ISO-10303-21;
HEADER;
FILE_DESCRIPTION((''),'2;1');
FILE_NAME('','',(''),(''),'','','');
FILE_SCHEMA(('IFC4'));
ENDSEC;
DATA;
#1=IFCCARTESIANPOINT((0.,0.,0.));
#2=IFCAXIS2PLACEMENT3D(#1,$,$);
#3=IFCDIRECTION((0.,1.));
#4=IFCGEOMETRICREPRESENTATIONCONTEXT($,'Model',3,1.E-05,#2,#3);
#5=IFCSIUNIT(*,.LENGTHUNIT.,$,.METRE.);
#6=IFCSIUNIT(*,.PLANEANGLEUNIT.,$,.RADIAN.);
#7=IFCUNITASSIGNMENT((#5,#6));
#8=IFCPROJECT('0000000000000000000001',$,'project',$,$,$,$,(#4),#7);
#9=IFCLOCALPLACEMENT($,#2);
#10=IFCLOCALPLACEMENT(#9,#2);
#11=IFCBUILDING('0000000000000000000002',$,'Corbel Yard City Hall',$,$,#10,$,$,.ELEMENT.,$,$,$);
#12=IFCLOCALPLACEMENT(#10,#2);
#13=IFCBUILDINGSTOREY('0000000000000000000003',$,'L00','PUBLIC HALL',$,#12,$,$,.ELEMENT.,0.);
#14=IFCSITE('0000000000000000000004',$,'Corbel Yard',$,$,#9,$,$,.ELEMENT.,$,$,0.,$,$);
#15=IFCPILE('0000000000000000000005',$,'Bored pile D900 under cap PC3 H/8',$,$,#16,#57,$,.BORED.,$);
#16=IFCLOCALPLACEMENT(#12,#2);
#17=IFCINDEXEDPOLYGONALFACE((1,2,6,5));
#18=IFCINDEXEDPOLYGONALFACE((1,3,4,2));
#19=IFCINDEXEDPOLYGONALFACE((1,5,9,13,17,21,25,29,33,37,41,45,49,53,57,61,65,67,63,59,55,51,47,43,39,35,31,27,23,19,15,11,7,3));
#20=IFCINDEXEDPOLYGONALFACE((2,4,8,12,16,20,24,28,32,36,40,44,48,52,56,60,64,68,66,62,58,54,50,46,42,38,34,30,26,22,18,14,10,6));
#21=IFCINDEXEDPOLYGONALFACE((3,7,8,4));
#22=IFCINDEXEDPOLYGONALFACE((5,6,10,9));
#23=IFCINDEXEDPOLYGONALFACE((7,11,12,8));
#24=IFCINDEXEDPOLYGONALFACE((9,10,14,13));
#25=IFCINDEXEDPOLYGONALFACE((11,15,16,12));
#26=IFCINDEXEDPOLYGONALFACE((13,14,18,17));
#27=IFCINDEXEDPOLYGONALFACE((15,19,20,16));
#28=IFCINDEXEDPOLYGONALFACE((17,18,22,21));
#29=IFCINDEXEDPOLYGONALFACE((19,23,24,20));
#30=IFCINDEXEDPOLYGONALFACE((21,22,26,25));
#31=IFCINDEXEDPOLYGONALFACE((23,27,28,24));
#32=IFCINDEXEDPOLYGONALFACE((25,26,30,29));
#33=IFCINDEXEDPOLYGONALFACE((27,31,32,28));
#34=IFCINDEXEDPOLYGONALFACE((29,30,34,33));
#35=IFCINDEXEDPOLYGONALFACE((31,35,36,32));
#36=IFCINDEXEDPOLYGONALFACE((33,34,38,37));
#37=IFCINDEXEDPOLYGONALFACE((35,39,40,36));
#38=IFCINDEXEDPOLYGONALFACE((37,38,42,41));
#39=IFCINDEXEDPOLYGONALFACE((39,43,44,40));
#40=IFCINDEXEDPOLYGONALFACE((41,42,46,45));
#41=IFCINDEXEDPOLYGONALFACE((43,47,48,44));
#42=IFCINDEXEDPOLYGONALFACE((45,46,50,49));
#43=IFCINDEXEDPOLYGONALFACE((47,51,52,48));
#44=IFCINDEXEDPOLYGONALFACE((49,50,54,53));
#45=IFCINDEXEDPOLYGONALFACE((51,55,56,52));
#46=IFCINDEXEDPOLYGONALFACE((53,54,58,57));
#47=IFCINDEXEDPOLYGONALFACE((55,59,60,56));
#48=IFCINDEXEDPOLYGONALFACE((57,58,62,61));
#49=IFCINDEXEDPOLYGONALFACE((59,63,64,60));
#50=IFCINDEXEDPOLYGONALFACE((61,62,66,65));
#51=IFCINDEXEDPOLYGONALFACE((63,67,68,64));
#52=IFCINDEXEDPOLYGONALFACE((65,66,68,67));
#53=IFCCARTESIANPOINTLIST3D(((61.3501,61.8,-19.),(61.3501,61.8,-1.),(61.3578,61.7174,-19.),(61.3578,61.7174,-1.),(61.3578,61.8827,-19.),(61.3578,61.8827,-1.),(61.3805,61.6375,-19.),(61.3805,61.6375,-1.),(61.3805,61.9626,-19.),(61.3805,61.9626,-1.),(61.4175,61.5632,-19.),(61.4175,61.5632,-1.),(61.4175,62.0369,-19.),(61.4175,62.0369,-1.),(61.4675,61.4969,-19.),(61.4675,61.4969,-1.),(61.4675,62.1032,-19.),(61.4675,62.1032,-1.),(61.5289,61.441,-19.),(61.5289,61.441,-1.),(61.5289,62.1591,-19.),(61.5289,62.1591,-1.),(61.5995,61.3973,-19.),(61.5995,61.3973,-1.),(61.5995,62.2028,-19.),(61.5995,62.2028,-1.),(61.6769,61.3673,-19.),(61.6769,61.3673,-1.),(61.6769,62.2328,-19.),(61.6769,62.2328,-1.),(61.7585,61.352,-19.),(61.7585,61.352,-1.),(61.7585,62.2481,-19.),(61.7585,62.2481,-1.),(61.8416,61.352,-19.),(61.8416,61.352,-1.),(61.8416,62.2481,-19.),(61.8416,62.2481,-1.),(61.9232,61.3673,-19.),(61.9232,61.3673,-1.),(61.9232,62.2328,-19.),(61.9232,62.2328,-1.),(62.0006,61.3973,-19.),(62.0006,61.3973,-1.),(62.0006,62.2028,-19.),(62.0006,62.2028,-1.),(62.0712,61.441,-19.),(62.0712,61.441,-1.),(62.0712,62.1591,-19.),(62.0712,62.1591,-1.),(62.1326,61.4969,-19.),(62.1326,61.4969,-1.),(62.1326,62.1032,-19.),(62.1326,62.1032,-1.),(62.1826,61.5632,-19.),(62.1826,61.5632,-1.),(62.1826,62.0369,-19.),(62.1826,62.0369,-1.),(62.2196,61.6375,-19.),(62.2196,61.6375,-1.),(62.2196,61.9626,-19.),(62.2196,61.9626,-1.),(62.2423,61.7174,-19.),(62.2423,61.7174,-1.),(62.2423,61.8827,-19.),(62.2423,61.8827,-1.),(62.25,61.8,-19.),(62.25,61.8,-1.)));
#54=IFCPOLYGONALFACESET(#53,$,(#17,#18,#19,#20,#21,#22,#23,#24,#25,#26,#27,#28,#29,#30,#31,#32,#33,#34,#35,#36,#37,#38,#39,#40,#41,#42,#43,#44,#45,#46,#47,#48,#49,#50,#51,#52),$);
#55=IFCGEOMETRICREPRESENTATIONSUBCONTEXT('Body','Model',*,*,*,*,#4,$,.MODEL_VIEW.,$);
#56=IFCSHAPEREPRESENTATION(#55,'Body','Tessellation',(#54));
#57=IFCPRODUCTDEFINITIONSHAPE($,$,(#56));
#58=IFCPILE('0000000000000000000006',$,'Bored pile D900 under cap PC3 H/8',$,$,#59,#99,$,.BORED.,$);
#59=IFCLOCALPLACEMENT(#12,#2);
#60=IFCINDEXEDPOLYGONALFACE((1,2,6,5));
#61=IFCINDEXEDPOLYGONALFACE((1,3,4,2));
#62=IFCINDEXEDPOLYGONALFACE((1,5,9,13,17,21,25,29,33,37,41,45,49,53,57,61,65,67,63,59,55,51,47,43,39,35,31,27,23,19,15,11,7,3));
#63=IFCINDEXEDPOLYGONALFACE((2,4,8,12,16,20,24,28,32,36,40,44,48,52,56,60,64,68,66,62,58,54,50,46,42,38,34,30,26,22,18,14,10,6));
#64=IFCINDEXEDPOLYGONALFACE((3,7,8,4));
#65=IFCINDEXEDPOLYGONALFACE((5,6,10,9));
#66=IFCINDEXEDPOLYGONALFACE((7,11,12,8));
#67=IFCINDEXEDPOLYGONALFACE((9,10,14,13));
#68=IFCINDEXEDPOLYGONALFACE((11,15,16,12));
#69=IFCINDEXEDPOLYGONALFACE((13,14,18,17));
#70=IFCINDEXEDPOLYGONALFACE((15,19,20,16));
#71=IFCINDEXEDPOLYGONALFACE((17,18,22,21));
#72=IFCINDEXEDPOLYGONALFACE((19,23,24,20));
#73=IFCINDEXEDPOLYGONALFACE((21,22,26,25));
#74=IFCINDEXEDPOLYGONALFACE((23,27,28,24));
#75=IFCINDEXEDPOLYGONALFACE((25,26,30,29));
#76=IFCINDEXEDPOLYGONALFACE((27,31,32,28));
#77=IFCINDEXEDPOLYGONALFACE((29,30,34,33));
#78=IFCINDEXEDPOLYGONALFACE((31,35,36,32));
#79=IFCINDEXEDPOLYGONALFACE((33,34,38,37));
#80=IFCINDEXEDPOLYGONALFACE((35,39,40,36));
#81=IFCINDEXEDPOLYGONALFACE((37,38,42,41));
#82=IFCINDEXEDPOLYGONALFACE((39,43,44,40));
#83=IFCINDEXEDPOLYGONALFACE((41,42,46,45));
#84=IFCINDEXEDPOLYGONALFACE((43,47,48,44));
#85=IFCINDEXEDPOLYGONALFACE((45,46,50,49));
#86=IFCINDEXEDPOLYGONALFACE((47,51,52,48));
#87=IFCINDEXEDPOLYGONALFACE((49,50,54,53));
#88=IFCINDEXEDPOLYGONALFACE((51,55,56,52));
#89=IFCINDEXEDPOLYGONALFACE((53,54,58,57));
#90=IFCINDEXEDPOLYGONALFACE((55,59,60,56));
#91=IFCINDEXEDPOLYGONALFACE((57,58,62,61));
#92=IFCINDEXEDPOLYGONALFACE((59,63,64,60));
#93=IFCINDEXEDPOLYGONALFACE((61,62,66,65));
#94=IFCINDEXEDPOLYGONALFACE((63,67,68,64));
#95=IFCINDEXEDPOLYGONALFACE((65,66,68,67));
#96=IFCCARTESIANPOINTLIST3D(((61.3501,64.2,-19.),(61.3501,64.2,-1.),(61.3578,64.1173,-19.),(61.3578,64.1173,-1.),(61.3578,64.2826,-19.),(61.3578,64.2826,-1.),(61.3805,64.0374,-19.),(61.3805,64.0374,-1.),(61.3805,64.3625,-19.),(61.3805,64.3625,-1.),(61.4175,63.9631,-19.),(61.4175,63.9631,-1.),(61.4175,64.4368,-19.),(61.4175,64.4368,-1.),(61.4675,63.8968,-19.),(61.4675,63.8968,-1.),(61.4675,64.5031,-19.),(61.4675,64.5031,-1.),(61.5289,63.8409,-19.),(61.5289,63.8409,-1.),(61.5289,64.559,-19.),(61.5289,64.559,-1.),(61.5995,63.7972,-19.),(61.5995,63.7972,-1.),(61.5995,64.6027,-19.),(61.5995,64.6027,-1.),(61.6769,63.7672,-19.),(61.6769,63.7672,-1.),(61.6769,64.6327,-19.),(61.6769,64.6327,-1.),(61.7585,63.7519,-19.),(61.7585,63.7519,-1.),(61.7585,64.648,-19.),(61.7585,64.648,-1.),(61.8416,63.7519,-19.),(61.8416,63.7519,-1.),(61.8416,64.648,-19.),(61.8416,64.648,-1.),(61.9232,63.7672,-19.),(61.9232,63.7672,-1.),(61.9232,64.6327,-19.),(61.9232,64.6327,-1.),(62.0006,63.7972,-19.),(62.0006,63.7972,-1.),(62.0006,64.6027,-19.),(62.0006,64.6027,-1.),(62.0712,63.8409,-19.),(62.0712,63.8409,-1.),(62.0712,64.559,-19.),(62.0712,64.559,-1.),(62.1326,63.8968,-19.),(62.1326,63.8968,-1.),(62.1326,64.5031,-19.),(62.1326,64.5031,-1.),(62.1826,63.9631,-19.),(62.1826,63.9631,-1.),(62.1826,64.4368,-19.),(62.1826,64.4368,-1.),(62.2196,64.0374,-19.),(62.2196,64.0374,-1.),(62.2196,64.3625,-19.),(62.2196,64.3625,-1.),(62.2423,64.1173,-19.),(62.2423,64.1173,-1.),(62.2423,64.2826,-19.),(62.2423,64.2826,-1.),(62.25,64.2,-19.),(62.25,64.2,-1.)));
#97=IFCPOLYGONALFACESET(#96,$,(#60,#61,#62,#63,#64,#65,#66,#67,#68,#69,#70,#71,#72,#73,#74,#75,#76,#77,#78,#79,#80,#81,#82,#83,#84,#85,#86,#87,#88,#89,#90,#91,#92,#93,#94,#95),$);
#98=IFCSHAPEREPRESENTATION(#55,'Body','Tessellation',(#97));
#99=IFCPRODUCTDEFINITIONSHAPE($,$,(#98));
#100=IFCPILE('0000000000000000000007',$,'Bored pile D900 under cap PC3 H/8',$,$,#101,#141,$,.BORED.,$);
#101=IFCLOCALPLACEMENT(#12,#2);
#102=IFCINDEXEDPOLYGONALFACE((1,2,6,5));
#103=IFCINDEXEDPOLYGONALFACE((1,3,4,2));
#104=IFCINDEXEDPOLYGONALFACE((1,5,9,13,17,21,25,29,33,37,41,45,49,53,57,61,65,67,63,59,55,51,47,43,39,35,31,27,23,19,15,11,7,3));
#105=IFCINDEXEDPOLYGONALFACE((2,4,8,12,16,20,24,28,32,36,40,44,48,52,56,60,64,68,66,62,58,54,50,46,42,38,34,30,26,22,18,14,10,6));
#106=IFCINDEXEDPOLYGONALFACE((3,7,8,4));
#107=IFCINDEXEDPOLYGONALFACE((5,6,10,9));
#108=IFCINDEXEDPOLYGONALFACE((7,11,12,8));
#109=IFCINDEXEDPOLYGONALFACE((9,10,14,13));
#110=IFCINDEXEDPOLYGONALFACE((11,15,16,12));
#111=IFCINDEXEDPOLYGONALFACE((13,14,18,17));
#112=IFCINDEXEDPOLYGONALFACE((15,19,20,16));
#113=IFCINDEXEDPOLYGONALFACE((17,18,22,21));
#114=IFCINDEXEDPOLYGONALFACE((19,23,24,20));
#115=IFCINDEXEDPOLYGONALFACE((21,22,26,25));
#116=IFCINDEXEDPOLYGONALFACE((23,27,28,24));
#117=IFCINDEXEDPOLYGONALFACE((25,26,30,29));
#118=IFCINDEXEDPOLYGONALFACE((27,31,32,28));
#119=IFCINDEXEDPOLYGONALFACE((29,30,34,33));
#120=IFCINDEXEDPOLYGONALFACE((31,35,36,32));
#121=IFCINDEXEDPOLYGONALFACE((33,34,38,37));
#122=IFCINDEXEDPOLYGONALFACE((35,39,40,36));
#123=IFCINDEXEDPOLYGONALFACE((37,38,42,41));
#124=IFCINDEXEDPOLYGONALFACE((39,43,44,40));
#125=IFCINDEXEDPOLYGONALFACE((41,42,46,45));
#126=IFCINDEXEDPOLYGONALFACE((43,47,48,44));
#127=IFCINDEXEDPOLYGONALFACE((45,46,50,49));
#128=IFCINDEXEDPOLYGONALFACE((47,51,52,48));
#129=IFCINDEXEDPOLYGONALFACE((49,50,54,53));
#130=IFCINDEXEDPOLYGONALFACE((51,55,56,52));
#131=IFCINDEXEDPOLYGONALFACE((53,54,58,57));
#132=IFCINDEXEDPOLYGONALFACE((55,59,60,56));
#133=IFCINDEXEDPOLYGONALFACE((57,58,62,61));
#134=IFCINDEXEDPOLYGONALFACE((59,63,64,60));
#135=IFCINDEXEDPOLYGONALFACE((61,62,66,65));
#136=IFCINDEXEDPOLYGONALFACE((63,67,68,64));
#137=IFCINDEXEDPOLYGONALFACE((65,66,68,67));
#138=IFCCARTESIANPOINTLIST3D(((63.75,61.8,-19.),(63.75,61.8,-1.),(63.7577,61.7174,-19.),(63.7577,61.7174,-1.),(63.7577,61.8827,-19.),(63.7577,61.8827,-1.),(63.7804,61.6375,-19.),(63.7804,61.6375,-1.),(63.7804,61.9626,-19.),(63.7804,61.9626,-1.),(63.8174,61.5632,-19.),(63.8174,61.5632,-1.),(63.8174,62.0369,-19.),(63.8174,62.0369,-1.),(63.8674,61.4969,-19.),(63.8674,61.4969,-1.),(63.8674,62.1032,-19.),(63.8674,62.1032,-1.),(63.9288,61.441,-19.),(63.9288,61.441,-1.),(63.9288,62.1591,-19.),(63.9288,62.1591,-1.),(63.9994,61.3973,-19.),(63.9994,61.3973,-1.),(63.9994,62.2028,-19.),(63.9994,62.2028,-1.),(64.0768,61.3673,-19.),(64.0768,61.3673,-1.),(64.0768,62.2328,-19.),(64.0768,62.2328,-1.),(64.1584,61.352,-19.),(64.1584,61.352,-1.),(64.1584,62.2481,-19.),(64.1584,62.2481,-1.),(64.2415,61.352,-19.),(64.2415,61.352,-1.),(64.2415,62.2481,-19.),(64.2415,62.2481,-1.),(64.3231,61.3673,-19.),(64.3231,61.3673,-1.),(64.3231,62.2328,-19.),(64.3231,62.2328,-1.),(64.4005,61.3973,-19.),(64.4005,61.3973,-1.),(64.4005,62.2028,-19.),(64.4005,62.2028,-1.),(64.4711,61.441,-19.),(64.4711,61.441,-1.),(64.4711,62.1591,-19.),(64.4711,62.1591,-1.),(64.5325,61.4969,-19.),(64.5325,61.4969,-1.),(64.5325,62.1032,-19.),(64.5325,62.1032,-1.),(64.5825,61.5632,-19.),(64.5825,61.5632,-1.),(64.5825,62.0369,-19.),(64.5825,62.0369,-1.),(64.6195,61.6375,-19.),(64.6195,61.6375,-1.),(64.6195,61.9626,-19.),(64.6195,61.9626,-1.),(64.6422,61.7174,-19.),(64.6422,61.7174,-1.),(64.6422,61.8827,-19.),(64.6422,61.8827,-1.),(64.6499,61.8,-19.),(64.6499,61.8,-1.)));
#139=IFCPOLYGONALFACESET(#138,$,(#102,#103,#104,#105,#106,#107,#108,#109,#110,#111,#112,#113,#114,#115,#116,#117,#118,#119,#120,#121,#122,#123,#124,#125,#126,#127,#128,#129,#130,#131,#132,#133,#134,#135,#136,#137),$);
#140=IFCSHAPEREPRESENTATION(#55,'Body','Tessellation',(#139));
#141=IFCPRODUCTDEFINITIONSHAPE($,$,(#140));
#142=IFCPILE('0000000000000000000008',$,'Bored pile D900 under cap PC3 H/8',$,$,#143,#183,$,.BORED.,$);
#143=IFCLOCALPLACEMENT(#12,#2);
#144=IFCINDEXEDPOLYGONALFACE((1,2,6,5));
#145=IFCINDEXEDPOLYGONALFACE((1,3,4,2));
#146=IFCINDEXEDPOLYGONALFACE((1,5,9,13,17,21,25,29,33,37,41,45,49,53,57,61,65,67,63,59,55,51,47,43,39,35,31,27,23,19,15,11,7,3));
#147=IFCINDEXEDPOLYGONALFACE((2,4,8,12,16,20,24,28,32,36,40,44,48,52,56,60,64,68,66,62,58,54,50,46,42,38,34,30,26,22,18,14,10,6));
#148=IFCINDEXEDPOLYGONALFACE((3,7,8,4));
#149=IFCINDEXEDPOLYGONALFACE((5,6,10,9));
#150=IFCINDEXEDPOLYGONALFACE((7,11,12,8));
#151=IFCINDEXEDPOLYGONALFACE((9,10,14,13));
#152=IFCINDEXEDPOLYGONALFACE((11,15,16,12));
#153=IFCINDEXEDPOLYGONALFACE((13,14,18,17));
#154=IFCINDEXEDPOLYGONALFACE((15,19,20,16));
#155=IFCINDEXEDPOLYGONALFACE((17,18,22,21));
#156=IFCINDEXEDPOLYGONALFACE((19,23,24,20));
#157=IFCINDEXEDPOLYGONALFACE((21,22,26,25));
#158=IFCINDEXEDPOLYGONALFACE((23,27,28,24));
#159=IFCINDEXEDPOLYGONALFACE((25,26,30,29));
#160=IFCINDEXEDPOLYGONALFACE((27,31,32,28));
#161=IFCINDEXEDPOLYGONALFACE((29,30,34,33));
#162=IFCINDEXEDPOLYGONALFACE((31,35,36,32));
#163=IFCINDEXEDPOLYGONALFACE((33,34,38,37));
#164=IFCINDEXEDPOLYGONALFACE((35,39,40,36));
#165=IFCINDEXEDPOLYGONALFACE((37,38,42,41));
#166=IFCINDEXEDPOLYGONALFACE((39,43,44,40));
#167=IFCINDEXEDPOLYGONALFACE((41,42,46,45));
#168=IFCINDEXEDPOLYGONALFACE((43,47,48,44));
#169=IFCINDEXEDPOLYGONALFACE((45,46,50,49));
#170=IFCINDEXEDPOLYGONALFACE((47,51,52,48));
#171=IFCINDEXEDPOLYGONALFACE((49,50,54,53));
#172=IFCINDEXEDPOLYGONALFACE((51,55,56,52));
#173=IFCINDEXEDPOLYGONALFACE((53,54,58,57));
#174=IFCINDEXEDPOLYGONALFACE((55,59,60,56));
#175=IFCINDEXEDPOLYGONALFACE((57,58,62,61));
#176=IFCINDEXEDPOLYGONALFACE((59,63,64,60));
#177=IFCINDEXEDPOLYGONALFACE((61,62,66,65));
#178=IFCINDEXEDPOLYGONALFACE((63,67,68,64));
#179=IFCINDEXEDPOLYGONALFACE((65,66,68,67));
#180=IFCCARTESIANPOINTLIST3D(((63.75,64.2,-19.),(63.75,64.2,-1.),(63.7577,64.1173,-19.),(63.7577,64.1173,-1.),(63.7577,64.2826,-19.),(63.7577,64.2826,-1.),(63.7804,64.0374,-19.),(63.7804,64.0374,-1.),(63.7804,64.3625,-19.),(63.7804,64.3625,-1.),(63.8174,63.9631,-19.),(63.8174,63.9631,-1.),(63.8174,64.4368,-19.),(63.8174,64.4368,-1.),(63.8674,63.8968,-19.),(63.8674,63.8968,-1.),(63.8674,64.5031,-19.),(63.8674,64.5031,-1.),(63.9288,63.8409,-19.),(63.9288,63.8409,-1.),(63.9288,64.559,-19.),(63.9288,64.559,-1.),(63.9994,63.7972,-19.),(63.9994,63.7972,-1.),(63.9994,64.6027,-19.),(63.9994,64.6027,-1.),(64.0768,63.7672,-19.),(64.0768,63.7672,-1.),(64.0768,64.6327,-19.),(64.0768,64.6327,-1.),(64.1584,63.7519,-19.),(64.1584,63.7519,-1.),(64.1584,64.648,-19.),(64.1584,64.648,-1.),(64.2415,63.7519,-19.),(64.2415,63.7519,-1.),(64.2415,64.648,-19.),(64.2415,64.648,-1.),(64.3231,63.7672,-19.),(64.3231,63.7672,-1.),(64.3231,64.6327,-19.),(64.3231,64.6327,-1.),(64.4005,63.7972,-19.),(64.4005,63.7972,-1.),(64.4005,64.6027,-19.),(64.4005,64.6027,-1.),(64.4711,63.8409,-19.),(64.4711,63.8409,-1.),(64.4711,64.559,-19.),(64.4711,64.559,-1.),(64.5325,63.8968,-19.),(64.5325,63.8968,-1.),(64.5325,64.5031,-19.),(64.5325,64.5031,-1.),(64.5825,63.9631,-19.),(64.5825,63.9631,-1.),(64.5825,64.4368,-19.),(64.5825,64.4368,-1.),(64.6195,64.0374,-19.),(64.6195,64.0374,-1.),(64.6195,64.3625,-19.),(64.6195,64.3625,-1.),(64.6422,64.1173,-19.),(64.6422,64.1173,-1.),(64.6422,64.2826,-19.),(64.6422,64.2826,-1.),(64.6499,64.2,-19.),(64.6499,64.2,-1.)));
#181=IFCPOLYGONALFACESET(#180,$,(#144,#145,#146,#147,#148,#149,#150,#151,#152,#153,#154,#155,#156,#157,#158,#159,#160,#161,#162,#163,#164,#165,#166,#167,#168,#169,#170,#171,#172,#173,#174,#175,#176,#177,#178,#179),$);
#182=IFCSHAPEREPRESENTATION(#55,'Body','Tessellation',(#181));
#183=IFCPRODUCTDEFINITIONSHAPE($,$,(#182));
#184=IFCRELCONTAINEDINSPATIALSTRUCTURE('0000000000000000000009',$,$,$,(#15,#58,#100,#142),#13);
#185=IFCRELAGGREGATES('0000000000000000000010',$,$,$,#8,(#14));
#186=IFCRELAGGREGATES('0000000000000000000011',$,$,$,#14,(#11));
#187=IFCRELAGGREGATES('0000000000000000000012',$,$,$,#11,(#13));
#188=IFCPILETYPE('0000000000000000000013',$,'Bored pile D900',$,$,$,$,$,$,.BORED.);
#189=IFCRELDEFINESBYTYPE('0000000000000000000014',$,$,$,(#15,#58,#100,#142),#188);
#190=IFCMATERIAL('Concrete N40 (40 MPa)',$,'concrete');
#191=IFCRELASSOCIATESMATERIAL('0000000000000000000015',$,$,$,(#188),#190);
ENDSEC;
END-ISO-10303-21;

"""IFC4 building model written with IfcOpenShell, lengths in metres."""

from ifc_helpers import new_model, si_unit, direction, frame, origin, origin_2d, place, context, subcontext, project, spatial, circle, extrude, material, material_profile, profile_set, type_object, element, save


model = new_model("IFC4")

# Units and contexts
model_context = context("Model", 3, precision=1e-05, world=origin(), true_north=direction((0.0, 1.0)))
body_context = subcontext(model_context, "Body", "Model", "MODEL_VIEW")
ifc_project = project(units=[si_unit("LENGTHUNIT", "METRE"), si_unit("PLANEANGLEUNIT", "RADIAN")], contexts=[model_context])

# Site, building, storey
site_placement = place(None, origin())
site = spatial("IfcSite", under=ifc_project, at=site_placement, Name="Corbel Yard", CompositionType="ELEMENT", RefElevation=0.0)
building_placement = place(site_placement, origin())
building = spatial("IfcBuilding", under=site, at=building_placement, Name="Corbel Yard City Hall", CompositionType="ELEMENT")
storey_placement = place(building_placement, origin())
storey = spatial("IfcBuildingStorey", under=building, at=storey_placement, Name="L00", Description="PUBLIC HALL", CompositionType="ELEMENT", Elevation=0.0)

# Piles
ifc_material_1 = material(Name="Concrete N40 (40 MPa)", Category="concrete")
ifc_material_profile_1 = material_profile(ifc_material_1, circle(Radius=0.45, at=origin_2d()), Name="D900")
ifc_profile_set_1 = profile_set([ifc_material_profile_1], Name="Concrete N40 (40 MPa)")
pile_type = type_object("IfcPileType", Name="Bored pile D900", PredefinedType="BORED", material=ifc_profile_set_1)
for number, where, z_axis, x_axis, name in (
    (1, (61.8, 61.8, -1.0), (0.0, 0.0, -1.0), (1.0, 0.0, 0.0), "Bored pile D900 under cap PC3 H/8"),
    (2, (61.8, 64.2, -1.0), (0.0, 0.0, -1.0), (1.0, 0.0, 0.0), "Bored pile D900 under cap PC3 H/8"),
    (3, (64.2, 61.8, -1.0), (0.0, 0.0, -1.0), (1.0, 0.0, 0.0), "Bored pile D900 under cap PC3 H/8"),
    (4, (64.2, 64.2, -1.0), (0.0, 0.0, -1.0), (1.0, 0.0, 0.0), "Bored pile D900 under cap PC3 H/8"),
):
    element("IfcPile", number, at=place(storey_placement, frame(where, z_axis=z_axis, x_axis=x_axis)), inside=storey, type_object=pile_type, Name=name, PredefinedType="BORED", context=body_context, shape_type="SweptSolid", body=[
        extrude(circle(Radius=0.45, at=origin_2d()), origin(), (0.0, 0.0, 1.0), 18.0),
    ])

save(model, "model.ifc")
